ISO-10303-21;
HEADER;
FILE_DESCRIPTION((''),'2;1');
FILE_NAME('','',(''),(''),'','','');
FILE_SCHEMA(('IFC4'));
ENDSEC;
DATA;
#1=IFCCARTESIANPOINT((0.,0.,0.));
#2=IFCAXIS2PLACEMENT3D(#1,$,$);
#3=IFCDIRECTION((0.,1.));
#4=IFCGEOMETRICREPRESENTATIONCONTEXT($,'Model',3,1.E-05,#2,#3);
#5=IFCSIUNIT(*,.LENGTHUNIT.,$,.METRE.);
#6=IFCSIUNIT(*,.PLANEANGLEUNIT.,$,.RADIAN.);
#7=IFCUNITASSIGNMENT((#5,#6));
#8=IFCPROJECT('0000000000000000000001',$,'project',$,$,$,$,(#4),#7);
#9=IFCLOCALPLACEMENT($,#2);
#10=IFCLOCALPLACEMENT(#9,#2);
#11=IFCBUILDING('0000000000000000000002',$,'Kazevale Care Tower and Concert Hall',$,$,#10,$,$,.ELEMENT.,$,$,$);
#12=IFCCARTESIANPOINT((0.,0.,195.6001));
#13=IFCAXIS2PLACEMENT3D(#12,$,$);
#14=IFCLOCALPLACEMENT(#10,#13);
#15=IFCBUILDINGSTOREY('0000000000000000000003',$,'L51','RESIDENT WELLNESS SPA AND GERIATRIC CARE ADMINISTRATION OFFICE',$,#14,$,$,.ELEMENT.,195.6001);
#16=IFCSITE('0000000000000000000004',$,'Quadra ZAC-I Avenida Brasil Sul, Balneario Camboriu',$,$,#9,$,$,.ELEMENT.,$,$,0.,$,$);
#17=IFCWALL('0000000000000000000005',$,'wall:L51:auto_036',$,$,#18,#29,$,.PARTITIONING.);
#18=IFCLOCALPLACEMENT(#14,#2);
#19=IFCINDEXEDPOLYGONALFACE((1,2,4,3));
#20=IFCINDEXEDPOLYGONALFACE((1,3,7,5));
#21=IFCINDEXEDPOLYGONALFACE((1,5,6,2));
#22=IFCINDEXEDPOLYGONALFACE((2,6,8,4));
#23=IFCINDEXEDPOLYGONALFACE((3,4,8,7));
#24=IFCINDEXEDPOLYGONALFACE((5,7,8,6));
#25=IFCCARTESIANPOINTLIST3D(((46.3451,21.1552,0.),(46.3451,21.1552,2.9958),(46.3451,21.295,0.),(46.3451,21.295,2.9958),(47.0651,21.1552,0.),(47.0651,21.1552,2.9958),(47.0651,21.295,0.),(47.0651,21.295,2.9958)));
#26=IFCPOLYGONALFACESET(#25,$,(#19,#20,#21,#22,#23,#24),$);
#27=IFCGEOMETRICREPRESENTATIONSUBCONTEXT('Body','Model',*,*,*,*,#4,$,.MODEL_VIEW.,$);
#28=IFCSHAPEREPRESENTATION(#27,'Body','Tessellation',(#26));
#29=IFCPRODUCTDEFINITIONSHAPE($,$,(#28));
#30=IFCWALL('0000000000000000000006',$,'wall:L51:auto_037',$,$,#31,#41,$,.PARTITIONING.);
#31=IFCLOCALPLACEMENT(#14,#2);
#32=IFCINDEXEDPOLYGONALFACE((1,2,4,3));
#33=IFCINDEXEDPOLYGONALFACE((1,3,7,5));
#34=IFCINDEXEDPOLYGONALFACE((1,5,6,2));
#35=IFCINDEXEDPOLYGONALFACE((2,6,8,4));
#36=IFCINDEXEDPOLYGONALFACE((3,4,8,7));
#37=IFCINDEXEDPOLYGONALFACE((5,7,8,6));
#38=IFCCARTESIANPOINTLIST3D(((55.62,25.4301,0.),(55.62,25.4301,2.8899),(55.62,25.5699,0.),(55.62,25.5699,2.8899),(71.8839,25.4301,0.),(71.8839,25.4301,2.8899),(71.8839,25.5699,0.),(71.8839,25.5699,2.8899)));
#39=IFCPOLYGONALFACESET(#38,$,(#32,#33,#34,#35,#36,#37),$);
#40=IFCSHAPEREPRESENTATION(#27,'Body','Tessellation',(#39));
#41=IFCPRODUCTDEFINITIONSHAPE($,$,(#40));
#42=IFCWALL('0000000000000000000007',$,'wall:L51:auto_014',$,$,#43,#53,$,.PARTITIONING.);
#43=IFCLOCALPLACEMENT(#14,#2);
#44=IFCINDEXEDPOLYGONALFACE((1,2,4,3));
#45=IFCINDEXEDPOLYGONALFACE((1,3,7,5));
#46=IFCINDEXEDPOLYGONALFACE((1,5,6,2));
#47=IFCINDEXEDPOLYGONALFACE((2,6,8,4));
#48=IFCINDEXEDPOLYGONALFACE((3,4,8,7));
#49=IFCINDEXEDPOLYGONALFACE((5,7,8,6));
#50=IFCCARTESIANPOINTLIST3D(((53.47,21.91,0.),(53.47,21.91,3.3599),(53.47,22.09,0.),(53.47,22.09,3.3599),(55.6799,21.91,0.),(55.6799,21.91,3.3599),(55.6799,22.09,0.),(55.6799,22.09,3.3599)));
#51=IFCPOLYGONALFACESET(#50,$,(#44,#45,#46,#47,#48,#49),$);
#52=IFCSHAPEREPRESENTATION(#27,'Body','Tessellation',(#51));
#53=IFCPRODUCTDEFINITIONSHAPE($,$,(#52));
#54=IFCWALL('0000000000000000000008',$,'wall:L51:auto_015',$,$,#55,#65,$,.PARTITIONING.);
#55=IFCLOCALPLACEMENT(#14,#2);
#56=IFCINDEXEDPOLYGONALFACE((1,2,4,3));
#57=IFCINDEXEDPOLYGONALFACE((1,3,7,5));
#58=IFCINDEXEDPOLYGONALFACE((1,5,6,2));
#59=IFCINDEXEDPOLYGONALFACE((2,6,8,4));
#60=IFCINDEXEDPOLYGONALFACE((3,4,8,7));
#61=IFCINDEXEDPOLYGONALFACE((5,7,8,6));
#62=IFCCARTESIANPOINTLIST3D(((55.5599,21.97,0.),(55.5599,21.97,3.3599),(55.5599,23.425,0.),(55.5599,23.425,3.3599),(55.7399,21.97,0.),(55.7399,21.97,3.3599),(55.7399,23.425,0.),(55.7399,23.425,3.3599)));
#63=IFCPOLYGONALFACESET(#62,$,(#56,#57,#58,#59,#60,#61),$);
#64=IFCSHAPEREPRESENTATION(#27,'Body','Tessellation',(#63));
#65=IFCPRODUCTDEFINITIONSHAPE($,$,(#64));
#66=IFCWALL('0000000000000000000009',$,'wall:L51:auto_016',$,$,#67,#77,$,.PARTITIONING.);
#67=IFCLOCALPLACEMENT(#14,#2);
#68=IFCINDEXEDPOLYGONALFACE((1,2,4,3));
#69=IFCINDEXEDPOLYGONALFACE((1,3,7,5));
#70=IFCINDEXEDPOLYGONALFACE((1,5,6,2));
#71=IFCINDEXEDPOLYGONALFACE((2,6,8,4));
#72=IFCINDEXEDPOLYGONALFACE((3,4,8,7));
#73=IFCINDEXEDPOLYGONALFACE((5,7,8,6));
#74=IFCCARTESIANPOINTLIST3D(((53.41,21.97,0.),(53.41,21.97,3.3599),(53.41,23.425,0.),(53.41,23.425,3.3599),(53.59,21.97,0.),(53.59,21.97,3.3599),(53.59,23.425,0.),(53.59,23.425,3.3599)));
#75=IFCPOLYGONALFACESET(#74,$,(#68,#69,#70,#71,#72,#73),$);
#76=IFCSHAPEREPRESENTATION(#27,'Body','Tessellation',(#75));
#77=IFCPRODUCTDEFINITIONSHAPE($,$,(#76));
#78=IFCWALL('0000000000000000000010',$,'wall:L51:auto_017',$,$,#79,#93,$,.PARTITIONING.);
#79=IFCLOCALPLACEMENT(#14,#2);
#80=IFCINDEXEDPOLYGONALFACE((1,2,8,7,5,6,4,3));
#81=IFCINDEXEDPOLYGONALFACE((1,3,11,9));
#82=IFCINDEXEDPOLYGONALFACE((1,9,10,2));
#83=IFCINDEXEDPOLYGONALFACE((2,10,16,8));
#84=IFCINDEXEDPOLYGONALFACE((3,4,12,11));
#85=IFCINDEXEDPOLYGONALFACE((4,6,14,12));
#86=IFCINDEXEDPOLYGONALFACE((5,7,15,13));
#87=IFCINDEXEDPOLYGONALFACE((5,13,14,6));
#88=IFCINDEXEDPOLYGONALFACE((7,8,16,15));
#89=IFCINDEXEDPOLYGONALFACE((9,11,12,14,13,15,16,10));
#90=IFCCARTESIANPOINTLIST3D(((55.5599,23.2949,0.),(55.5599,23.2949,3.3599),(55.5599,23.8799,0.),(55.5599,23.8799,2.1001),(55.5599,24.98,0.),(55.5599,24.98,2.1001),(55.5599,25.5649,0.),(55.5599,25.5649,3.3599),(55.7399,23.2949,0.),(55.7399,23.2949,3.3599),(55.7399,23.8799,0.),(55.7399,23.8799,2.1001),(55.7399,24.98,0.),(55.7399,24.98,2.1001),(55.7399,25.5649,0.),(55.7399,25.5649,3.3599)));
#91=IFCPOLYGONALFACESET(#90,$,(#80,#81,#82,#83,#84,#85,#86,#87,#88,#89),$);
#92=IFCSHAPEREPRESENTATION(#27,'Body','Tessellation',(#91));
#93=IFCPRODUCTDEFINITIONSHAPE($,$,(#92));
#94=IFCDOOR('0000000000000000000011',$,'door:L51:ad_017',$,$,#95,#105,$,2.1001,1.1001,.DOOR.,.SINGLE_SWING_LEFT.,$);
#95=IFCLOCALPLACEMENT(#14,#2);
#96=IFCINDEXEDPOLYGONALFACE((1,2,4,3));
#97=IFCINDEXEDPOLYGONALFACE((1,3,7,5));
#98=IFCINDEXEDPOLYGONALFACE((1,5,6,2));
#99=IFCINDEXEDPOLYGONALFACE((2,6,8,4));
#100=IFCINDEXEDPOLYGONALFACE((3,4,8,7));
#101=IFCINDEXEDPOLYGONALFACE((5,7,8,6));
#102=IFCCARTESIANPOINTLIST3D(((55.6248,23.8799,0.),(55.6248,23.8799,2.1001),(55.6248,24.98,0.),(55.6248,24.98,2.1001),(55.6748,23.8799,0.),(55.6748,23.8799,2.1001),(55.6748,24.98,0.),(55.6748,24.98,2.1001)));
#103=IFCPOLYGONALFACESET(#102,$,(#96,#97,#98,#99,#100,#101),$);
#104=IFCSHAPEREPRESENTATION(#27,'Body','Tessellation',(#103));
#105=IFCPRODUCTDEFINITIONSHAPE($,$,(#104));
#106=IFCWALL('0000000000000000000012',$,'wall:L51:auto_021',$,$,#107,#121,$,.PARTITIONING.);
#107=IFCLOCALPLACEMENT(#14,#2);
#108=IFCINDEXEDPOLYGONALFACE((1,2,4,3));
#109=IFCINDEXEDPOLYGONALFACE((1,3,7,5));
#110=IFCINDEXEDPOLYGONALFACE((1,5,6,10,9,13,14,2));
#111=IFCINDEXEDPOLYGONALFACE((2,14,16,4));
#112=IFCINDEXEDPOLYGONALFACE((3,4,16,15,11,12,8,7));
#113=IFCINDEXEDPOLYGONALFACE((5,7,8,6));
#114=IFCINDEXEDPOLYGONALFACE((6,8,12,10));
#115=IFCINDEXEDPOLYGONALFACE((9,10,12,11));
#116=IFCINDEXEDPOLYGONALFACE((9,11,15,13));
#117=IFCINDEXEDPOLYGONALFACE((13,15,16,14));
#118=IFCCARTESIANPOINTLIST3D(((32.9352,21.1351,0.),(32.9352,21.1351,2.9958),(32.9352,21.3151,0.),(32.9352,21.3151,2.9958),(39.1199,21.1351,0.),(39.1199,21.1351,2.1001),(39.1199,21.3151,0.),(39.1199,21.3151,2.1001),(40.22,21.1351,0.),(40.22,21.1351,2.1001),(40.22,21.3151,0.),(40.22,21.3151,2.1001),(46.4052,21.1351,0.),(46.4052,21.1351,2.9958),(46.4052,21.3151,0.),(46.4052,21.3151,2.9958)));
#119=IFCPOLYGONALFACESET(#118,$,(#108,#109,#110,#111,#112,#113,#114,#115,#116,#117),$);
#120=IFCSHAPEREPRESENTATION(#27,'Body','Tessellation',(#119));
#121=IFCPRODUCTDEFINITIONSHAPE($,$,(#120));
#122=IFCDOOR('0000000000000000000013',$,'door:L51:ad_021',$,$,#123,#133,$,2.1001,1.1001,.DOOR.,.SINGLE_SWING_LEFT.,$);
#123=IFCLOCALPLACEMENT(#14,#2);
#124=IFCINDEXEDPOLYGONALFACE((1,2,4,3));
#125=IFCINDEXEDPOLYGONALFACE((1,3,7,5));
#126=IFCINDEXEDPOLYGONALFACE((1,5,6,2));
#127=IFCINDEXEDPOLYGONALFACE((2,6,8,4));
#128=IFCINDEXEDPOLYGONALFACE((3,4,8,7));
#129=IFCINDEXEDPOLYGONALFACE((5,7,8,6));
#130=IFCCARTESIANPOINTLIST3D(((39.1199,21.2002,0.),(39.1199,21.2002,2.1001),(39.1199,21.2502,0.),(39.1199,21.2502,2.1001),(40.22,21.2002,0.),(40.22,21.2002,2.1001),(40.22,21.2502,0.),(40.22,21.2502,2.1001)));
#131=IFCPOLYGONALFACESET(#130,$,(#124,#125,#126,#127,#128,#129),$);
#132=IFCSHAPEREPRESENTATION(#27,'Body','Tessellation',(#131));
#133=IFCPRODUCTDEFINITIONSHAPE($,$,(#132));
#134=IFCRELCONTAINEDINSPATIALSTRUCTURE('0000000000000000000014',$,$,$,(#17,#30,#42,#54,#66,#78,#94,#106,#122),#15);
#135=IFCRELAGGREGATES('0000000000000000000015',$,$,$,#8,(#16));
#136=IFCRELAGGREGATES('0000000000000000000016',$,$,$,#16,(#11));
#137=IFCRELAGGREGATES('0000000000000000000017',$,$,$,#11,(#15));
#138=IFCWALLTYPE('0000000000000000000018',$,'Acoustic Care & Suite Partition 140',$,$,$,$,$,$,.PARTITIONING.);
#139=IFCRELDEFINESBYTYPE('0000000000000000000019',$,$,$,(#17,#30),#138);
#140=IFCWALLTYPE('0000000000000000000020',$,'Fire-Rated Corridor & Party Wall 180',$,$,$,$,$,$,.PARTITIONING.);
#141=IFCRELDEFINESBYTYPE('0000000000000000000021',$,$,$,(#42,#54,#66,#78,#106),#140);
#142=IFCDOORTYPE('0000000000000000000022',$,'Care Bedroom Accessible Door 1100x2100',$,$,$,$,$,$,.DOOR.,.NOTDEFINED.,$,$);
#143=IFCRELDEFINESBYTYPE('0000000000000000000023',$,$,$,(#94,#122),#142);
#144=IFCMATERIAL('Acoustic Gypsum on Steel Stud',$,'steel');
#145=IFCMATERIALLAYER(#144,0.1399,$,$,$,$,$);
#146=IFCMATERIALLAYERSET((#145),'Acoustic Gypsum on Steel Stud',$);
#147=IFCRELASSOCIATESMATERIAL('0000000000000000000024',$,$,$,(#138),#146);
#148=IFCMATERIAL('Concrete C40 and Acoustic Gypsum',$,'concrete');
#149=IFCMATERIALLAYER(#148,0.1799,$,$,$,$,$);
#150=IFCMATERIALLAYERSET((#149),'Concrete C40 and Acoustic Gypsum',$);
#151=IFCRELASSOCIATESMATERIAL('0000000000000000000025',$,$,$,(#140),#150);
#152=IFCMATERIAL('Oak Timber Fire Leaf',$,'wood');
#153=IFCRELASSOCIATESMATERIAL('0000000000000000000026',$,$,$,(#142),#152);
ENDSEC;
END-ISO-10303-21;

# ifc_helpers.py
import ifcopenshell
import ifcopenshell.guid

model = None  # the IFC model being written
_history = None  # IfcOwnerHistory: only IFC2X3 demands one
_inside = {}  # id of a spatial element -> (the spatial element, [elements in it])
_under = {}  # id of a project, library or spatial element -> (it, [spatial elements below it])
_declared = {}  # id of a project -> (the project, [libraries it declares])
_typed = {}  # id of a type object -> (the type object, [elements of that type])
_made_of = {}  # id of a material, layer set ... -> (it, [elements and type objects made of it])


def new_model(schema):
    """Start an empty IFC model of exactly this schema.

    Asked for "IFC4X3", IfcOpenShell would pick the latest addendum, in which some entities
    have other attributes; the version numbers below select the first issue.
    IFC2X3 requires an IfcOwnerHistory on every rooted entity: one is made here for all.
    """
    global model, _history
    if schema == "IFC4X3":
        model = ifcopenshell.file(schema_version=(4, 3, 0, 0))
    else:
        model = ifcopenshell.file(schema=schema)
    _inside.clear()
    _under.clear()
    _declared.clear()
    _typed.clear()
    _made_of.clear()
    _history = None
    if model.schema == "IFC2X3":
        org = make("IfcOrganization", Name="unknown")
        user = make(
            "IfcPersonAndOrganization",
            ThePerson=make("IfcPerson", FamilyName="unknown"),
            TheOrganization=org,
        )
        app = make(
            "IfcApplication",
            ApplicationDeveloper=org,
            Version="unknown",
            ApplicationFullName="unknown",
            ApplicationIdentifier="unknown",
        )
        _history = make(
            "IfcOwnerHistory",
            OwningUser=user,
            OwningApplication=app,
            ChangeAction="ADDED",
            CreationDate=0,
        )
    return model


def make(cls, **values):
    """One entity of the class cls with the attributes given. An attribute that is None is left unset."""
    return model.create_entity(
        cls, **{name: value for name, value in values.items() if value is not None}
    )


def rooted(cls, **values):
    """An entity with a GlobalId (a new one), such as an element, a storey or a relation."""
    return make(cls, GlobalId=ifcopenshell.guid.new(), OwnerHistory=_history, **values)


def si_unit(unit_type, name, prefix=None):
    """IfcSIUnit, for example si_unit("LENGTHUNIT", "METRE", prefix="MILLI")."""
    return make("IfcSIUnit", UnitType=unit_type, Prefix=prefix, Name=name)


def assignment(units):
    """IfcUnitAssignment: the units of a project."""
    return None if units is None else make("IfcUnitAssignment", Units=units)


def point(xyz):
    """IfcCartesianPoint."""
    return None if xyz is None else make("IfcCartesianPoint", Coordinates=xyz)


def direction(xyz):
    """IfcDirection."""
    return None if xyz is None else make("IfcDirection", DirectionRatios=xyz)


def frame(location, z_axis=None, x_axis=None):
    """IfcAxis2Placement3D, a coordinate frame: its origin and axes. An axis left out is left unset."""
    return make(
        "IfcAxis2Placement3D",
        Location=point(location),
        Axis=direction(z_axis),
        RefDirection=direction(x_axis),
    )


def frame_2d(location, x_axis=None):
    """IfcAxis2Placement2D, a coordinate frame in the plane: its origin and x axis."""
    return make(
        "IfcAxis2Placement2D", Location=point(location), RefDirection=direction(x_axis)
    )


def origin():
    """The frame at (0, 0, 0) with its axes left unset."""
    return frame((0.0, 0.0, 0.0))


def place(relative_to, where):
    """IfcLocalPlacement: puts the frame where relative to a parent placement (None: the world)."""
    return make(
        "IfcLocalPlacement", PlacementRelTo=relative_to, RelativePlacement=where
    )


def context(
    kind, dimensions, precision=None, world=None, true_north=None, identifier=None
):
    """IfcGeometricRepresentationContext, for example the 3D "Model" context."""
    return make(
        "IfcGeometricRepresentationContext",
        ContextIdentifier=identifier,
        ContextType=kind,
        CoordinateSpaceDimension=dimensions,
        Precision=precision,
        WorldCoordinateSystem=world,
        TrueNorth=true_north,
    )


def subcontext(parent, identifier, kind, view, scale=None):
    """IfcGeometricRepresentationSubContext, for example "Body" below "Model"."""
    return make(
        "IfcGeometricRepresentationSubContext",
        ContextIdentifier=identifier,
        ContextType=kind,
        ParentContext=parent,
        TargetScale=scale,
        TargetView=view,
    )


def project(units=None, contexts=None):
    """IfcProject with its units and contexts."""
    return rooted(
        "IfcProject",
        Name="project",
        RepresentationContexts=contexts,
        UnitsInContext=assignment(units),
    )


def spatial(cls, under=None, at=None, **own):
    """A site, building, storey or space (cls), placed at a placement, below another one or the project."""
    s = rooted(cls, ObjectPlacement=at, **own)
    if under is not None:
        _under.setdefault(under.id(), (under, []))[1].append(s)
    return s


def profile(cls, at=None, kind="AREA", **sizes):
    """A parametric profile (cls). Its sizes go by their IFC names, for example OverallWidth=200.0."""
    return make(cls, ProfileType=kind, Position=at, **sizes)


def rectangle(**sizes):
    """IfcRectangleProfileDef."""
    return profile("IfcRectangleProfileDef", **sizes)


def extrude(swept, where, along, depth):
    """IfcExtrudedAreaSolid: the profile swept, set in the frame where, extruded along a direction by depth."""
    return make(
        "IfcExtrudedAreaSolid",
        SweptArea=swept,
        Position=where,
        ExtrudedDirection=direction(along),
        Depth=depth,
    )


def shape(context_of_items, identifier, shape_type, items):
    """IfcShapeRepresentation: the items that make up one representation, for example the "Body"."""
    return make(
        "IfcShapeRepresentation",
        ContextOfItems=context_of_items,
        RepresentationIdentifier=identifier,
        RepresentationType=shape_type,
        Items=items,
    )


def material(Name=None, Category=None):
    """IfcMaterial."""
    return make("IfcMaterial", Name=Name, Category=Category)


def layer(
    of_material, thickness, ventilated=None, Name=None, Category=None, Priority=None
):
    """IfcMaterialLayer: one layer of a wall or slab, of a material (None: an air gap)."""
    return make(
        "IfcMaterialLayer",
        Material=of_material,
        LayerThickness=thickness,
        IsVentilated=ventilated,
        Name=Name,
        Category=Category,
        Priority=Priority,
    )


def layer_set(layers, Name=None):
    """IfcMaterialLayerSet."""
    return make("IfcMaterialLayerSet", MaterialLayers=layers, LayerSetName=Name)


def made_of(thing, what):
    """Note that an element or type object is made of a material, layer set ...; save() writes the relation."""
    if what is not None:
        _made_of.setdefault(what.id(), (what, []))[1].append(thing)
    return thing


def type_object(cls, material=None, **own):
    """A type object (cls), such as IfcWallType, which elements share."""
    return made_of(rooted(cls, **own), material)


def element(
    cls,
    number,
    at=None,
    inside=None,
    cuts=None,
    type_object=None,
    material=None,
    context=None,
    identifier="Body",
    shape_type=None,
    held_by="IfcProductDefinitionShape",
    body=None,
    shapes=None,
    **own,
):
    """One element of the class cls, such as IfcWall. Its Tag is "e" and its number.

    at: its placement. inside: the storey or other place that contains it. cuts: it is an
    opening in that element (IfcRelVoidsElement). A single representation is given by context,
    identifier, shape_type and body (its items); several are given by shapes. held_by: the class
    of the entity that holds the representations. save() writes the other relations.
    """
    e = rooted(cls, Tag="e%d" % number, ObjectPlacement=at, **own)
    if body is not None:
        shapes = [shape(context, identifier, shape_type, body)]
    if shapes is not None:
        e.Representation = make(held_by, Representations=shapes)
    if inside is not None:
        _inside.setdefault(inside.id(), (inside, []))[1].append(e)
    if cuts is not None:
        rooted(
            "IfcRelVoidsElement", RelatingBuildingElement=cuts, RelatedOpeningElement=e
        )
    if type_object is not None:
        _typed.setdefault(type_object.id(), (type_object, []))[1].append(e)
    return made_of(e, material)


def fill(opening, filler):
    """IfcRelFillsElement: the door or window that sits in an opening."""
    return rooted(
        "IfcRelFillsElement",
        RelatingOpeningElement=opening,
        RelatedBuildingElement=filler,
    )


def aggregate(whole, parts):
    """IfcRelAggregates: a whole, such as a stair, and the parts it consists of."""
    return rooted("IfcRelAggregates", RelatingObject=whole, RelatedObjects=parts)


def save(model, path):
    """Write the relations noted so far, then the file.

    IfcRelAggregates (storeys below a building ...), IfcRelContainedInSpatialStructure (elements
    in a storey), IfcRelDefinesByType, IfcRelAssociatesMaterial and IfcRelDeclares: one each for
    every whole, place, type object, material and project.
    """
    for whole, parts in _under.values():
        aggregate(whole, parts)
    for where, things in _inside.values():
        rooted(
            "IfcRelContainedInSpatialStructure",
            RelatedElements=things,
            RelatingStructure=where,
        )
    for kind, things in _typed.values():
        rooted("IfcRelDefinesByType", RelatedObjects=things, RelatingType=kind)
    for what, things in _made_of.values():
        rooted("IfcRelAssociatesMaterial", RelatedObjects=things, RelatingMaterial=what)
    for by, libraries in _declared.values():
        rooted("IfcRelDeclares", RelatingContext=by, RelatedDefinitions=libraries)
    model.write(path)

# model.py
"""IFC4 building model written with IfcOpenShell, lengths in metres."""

from ifc_helpers import new_model, si_unit, direction, frame, frame_2d, origin, place, context, subcontext, project, spatial, rectangle, extrude, material, layer, layer_set, type_object, element, fill, save


model = new_model("IFC4")

# Units and contexts
model_context = context("Model", 3, precision=1e-05, world=origin(), true_north=direction((0.0, 1.0)))
body_context = subcontext(model_context, "Body", "Model", "MODEL_VIEW")
ifc_project = project(units=[si_unit("LENGTHUNIT", "METRE"), si_unit("PLANEANGLEUNIT", "RADIAN")], contexts=[model_context])

# Site, building, storey
site_placement = place(None, origin())
site = spatial("IfcSite", under=ifc_project, at=site_placement, Name="Quadra ZAC-I Avenida Brasil Sul, Balneario Camboriu", CompositionType="ELEMENT", RefElevation=0.0)
building_placement = place(site_placement, origin())
building = spatial("IfcBuilding", under=site, at=building_placement, Name="Kazevale Care Tower and Concert Hall", CompositionType="ELEMENT")
storey_placement = place(building_placement, frame((0.0, 0.0, 195.6001)))
storey = spatial("IfcBuildingStorey", under=building, at=storey_placement, Name="L51", Description="RESIDENT WELLNESS SPA AND GERIATRIC CARE ADMINISTRATION OFFICE", CompositionType="ELEMENT", Elevation=195.6001)

# Walls
ifc_material_1 = material(Name="Acoustic Gypsum on Steel Stud", Category="steel")
ifc_layer_1 = layer(ifc_material_1, 0.1399)
ifc_layer_set_1 = layer_set([ifc_layer_1], Name="Acoustic Gypsum on Steel Stud")
wall_type_1 = type_object("IfcWallType", Name="Acoustic Care & Suite Partition 140", PredefinedType="PARTITIONING", material=ifc_layer_set_1)
wall_1_placement = place(storey_placement, frame((47.0649, 21.2251, 0.0), z_axis=(0.0, 0.0, 1.0), x_axis=(-1.0, 0.0, 0.0)))
element("IfcWall", 1, at=wall_1_placement, inside=storey, type_object=wall_type_1, Name="wall:L51:auto_036", PredefinedType="PARTITIONING", context=body_context, shape_type="SweptSolid", body=[
    extrude(rectangle(XDim=0.72, YDim=0.1399, at=frame_2d((0.3599, 0.0))), origin(), (0.0, 0.0, 1.0), 2.9958),
])
wall_2_placement = place(storey_placement, frame((55.6201, 25.5, 0.0), z_axis=(0.0, 0.0, 1.0), x_axis=(1.0, 0.0, 0.0)))
element("IfcWall", 2, at=wall_2_placement, inside=storey, type_object=wall_type_1, Name="wall:L51:auto_037", PredefinedType="PARTITIONING", context=body_context, shape_type="SweptSolid", body=[
    extrude(rectangle(XDim=16.2639, YDim=0.1399, at=frame_2d((8.1318, 0.0))), origin(), (0.0, 0.0, 1.0), 2.8899),
])

# Shared definitions
ifc_material_2 = material(Name="Concrete C40 and Acoustic Gypsum", Category="concrete")
ifc_layer_2 = layer(ifc_material_2, 0.1799)
ifc_layer_set_2 = layer_set([ifc_layer_2], Name="Concrete C40 and Acoustic Gypsum")
wall_type_2 = type_object("IfcWallType", Name="Fire-Rated Corridor & Party Wall 180", PredefinedType="PARTITIONING", material=ifc_layer_set_2)
ifc_material_3 = material(Name="Oak Timber Fire Leaf", Category="wood")

# Walls
wall_3_placement = place(storey_placement, frame((55.6799, 22.0, 0.0), z_axis=(0.0, 0.0, 1.0), x_axis=(-1.0, 0.0, 0.0)))
element("IfcWall", 3, at=wall_3_placement, inside=storey, type_object=wall_type_2, Name="wall:L51:auto_014", PredefinedType="PARTITIONING", context=body_context, shape_type="SweptSolid", body=[
    extrude(rectangle(XDim=2.21, YDim=0.1799, at=frame_2d((1.105, 0.0))), origin(), (0.0, 0.0, 1.0), 3.3599),
])
for number, where, z_axis, x_axis, name in (
    (4, (55.6499, 23.425, 0.0), (0.0, 0.0, 1.0), (0.0, -1.0, 0.0), "wall:L51:auto_015"),
    (5, (53.5, 21.97, 0.0), (0.0, 0.0, 1.0), (0.0, 1.0, 0.0), "wall:L51:auto_016"),
):
    element("IfcWall", number, at=place(storey_placement, frame(where, z_axis=z_axis, x_axis=x_axis)), inside=storey, type_object=wall_type_2, Name=name, PredefinedType="PARTITIONING", context=body_context, shape_type="SweptSolid", body=[
        extrude(rectangle(XDim=1.4551, YDim=0.1799, at=frame_2d((0.7275, 0.0))), origin(), (0.0, 0.0, 1.0), 3.3599),
    ])

# Walls, openings, doors
wall_4_placement = place(storey_placement, frame((55.6499, 25.5649, 0.0), z_axis=(0.0, 0.0, 1.0), x_axis=(0.0, -1.0, 0.0)))
wall_4 = element("IfcWall", 6, at=wall_4_placement, inside=storey, type_object=wall_type_2, Name="wall:L51:auto_017", PredefinedType="PARTITIONING", context=body_context, shape_type="SweptSolid", body=[
    extrude(rectangle(XDim=2.27, YDim=0.1799, at=frame_2d((1.135, 0.0))), origin(), (0.0, 0.0, 1.0), 3.3599),
])
opening_1_placement = place(wall_4_placement, frame((0.585, 0.0, 0.0)))
opening_1 = element("IfcOpeningElement", 7, at=opening_1_placement, cuts=wall_4, PredefinedType="OPENING", context=body_context, shape_type="SweptSolid", body=[
    extrude(rectangle(XDim=1.1001, YDim=2.1001, at=frame_2d((0.55, 1.05))), frame((0.0, 0.0999, 0.0), z_axis=(0.0, -1.0, 0.0), x_axis=(1.0, 0.0, 0.0)), (0.0, 0.0, 1.0), 0.2),
])
door_type_1 = type_object("IfcDoorType", Name="Care Bedroom Accessible Door 1100x2100", OperationType="NOTDEFINED", PredefinedType="DOOR", material=ifc_material_3)
door_1_placement = place(opening_1_placement, origin())
door_1 = element("IfcDoor", 8, at=door_1_placement, inside=storey, type_object=door_type_1, Name="door:L51:ad_017", OperationType="SINGLE_SWING_LEFT", OverallHeight=2.1001, OverallWidth=1.1001, PredefinedType="DOOR", context=body_context, shape_type="SweptSolid", body=[
    extrude(rectangle(XDim=1.1001, YDim=2.1001, at=frame_2d((0.55, 1.05))), frame((0.0, 0.0249, 0.0), z_axis=(0.0, -1.0, 0.0), x_axis=(1.0, 0.0, 0.0)), (0.0, 0.0, 1.0), 0.05),
])
fill(opening_1, door_1)
wall_5_placement = place(storey_placement, frame((46.405, 21.2251, 0.0), z_axis=(0.0, 0.0, 1.0), x_axis=(-1.0, 0.0, 0.0)))
wall_5 = element("IfcWall", 9, at=wall_5_placement, inside=storey, type_object=wall_type_2, Name="wall:L51:auto_021", PredefinedType="PARTITIONING", context=body_context, shape_type="SweptSolid", body=[
    extrude(rectangle(XDim=13.47, YDim=0.1799, at=frame_2d((6.7349, 0.0))), origin(), (0.0, 0.0, 1.0), 2.9958),
])
opening_2_placement = place(wall_5_placement, frame((6.1851, 0.0, 0.0)))
opening_2 = element("IfcOpeningElement", 10, at=opening_2_placement, cuts=wall_5, PredefinedType="OPENING", context=body_context, shape_type="SweptSolid", body=[
    extrude(rectangle(XDim=1.1001, YDim=2.1001, at=frame_2d((0.55, 1.05))), frame((0.0, 0.0999, 0.0), z_axis=(0.0, -1.0, 0.0), x_axis=(1.0, 0.0, 0.0)), (0.0, 0.0, 1.0), 0.2),
])
door_2_placement = place(opening_2_placement, origin())
door_2 = element("IfcDoor", 11, at=door_2_placement, inside=storey, type_object=door_type_1, Name="door:L51:ad_021", OperationType="SINGLE_SWING_LEFT", OverallHeight=2.1001, OverallWidth=1.1001, PredefinedType="DOOR", context=body_context, shape_type="SweptSolid", body=[
    extrude(rectangle(XDim=1.1001, YDim=2.1001, at=frame_2d((0.55, 1.05))), frame((0.0, 0.0249, 0.0), z_axis=(0.0, -1.0, 0.0), x_axis=(1.0, 0.0, 0.0)), (0.0, 0.0, 1.0), 0.05),
])
fill(opening_2, door_2)

save(model, "model.ifc")
